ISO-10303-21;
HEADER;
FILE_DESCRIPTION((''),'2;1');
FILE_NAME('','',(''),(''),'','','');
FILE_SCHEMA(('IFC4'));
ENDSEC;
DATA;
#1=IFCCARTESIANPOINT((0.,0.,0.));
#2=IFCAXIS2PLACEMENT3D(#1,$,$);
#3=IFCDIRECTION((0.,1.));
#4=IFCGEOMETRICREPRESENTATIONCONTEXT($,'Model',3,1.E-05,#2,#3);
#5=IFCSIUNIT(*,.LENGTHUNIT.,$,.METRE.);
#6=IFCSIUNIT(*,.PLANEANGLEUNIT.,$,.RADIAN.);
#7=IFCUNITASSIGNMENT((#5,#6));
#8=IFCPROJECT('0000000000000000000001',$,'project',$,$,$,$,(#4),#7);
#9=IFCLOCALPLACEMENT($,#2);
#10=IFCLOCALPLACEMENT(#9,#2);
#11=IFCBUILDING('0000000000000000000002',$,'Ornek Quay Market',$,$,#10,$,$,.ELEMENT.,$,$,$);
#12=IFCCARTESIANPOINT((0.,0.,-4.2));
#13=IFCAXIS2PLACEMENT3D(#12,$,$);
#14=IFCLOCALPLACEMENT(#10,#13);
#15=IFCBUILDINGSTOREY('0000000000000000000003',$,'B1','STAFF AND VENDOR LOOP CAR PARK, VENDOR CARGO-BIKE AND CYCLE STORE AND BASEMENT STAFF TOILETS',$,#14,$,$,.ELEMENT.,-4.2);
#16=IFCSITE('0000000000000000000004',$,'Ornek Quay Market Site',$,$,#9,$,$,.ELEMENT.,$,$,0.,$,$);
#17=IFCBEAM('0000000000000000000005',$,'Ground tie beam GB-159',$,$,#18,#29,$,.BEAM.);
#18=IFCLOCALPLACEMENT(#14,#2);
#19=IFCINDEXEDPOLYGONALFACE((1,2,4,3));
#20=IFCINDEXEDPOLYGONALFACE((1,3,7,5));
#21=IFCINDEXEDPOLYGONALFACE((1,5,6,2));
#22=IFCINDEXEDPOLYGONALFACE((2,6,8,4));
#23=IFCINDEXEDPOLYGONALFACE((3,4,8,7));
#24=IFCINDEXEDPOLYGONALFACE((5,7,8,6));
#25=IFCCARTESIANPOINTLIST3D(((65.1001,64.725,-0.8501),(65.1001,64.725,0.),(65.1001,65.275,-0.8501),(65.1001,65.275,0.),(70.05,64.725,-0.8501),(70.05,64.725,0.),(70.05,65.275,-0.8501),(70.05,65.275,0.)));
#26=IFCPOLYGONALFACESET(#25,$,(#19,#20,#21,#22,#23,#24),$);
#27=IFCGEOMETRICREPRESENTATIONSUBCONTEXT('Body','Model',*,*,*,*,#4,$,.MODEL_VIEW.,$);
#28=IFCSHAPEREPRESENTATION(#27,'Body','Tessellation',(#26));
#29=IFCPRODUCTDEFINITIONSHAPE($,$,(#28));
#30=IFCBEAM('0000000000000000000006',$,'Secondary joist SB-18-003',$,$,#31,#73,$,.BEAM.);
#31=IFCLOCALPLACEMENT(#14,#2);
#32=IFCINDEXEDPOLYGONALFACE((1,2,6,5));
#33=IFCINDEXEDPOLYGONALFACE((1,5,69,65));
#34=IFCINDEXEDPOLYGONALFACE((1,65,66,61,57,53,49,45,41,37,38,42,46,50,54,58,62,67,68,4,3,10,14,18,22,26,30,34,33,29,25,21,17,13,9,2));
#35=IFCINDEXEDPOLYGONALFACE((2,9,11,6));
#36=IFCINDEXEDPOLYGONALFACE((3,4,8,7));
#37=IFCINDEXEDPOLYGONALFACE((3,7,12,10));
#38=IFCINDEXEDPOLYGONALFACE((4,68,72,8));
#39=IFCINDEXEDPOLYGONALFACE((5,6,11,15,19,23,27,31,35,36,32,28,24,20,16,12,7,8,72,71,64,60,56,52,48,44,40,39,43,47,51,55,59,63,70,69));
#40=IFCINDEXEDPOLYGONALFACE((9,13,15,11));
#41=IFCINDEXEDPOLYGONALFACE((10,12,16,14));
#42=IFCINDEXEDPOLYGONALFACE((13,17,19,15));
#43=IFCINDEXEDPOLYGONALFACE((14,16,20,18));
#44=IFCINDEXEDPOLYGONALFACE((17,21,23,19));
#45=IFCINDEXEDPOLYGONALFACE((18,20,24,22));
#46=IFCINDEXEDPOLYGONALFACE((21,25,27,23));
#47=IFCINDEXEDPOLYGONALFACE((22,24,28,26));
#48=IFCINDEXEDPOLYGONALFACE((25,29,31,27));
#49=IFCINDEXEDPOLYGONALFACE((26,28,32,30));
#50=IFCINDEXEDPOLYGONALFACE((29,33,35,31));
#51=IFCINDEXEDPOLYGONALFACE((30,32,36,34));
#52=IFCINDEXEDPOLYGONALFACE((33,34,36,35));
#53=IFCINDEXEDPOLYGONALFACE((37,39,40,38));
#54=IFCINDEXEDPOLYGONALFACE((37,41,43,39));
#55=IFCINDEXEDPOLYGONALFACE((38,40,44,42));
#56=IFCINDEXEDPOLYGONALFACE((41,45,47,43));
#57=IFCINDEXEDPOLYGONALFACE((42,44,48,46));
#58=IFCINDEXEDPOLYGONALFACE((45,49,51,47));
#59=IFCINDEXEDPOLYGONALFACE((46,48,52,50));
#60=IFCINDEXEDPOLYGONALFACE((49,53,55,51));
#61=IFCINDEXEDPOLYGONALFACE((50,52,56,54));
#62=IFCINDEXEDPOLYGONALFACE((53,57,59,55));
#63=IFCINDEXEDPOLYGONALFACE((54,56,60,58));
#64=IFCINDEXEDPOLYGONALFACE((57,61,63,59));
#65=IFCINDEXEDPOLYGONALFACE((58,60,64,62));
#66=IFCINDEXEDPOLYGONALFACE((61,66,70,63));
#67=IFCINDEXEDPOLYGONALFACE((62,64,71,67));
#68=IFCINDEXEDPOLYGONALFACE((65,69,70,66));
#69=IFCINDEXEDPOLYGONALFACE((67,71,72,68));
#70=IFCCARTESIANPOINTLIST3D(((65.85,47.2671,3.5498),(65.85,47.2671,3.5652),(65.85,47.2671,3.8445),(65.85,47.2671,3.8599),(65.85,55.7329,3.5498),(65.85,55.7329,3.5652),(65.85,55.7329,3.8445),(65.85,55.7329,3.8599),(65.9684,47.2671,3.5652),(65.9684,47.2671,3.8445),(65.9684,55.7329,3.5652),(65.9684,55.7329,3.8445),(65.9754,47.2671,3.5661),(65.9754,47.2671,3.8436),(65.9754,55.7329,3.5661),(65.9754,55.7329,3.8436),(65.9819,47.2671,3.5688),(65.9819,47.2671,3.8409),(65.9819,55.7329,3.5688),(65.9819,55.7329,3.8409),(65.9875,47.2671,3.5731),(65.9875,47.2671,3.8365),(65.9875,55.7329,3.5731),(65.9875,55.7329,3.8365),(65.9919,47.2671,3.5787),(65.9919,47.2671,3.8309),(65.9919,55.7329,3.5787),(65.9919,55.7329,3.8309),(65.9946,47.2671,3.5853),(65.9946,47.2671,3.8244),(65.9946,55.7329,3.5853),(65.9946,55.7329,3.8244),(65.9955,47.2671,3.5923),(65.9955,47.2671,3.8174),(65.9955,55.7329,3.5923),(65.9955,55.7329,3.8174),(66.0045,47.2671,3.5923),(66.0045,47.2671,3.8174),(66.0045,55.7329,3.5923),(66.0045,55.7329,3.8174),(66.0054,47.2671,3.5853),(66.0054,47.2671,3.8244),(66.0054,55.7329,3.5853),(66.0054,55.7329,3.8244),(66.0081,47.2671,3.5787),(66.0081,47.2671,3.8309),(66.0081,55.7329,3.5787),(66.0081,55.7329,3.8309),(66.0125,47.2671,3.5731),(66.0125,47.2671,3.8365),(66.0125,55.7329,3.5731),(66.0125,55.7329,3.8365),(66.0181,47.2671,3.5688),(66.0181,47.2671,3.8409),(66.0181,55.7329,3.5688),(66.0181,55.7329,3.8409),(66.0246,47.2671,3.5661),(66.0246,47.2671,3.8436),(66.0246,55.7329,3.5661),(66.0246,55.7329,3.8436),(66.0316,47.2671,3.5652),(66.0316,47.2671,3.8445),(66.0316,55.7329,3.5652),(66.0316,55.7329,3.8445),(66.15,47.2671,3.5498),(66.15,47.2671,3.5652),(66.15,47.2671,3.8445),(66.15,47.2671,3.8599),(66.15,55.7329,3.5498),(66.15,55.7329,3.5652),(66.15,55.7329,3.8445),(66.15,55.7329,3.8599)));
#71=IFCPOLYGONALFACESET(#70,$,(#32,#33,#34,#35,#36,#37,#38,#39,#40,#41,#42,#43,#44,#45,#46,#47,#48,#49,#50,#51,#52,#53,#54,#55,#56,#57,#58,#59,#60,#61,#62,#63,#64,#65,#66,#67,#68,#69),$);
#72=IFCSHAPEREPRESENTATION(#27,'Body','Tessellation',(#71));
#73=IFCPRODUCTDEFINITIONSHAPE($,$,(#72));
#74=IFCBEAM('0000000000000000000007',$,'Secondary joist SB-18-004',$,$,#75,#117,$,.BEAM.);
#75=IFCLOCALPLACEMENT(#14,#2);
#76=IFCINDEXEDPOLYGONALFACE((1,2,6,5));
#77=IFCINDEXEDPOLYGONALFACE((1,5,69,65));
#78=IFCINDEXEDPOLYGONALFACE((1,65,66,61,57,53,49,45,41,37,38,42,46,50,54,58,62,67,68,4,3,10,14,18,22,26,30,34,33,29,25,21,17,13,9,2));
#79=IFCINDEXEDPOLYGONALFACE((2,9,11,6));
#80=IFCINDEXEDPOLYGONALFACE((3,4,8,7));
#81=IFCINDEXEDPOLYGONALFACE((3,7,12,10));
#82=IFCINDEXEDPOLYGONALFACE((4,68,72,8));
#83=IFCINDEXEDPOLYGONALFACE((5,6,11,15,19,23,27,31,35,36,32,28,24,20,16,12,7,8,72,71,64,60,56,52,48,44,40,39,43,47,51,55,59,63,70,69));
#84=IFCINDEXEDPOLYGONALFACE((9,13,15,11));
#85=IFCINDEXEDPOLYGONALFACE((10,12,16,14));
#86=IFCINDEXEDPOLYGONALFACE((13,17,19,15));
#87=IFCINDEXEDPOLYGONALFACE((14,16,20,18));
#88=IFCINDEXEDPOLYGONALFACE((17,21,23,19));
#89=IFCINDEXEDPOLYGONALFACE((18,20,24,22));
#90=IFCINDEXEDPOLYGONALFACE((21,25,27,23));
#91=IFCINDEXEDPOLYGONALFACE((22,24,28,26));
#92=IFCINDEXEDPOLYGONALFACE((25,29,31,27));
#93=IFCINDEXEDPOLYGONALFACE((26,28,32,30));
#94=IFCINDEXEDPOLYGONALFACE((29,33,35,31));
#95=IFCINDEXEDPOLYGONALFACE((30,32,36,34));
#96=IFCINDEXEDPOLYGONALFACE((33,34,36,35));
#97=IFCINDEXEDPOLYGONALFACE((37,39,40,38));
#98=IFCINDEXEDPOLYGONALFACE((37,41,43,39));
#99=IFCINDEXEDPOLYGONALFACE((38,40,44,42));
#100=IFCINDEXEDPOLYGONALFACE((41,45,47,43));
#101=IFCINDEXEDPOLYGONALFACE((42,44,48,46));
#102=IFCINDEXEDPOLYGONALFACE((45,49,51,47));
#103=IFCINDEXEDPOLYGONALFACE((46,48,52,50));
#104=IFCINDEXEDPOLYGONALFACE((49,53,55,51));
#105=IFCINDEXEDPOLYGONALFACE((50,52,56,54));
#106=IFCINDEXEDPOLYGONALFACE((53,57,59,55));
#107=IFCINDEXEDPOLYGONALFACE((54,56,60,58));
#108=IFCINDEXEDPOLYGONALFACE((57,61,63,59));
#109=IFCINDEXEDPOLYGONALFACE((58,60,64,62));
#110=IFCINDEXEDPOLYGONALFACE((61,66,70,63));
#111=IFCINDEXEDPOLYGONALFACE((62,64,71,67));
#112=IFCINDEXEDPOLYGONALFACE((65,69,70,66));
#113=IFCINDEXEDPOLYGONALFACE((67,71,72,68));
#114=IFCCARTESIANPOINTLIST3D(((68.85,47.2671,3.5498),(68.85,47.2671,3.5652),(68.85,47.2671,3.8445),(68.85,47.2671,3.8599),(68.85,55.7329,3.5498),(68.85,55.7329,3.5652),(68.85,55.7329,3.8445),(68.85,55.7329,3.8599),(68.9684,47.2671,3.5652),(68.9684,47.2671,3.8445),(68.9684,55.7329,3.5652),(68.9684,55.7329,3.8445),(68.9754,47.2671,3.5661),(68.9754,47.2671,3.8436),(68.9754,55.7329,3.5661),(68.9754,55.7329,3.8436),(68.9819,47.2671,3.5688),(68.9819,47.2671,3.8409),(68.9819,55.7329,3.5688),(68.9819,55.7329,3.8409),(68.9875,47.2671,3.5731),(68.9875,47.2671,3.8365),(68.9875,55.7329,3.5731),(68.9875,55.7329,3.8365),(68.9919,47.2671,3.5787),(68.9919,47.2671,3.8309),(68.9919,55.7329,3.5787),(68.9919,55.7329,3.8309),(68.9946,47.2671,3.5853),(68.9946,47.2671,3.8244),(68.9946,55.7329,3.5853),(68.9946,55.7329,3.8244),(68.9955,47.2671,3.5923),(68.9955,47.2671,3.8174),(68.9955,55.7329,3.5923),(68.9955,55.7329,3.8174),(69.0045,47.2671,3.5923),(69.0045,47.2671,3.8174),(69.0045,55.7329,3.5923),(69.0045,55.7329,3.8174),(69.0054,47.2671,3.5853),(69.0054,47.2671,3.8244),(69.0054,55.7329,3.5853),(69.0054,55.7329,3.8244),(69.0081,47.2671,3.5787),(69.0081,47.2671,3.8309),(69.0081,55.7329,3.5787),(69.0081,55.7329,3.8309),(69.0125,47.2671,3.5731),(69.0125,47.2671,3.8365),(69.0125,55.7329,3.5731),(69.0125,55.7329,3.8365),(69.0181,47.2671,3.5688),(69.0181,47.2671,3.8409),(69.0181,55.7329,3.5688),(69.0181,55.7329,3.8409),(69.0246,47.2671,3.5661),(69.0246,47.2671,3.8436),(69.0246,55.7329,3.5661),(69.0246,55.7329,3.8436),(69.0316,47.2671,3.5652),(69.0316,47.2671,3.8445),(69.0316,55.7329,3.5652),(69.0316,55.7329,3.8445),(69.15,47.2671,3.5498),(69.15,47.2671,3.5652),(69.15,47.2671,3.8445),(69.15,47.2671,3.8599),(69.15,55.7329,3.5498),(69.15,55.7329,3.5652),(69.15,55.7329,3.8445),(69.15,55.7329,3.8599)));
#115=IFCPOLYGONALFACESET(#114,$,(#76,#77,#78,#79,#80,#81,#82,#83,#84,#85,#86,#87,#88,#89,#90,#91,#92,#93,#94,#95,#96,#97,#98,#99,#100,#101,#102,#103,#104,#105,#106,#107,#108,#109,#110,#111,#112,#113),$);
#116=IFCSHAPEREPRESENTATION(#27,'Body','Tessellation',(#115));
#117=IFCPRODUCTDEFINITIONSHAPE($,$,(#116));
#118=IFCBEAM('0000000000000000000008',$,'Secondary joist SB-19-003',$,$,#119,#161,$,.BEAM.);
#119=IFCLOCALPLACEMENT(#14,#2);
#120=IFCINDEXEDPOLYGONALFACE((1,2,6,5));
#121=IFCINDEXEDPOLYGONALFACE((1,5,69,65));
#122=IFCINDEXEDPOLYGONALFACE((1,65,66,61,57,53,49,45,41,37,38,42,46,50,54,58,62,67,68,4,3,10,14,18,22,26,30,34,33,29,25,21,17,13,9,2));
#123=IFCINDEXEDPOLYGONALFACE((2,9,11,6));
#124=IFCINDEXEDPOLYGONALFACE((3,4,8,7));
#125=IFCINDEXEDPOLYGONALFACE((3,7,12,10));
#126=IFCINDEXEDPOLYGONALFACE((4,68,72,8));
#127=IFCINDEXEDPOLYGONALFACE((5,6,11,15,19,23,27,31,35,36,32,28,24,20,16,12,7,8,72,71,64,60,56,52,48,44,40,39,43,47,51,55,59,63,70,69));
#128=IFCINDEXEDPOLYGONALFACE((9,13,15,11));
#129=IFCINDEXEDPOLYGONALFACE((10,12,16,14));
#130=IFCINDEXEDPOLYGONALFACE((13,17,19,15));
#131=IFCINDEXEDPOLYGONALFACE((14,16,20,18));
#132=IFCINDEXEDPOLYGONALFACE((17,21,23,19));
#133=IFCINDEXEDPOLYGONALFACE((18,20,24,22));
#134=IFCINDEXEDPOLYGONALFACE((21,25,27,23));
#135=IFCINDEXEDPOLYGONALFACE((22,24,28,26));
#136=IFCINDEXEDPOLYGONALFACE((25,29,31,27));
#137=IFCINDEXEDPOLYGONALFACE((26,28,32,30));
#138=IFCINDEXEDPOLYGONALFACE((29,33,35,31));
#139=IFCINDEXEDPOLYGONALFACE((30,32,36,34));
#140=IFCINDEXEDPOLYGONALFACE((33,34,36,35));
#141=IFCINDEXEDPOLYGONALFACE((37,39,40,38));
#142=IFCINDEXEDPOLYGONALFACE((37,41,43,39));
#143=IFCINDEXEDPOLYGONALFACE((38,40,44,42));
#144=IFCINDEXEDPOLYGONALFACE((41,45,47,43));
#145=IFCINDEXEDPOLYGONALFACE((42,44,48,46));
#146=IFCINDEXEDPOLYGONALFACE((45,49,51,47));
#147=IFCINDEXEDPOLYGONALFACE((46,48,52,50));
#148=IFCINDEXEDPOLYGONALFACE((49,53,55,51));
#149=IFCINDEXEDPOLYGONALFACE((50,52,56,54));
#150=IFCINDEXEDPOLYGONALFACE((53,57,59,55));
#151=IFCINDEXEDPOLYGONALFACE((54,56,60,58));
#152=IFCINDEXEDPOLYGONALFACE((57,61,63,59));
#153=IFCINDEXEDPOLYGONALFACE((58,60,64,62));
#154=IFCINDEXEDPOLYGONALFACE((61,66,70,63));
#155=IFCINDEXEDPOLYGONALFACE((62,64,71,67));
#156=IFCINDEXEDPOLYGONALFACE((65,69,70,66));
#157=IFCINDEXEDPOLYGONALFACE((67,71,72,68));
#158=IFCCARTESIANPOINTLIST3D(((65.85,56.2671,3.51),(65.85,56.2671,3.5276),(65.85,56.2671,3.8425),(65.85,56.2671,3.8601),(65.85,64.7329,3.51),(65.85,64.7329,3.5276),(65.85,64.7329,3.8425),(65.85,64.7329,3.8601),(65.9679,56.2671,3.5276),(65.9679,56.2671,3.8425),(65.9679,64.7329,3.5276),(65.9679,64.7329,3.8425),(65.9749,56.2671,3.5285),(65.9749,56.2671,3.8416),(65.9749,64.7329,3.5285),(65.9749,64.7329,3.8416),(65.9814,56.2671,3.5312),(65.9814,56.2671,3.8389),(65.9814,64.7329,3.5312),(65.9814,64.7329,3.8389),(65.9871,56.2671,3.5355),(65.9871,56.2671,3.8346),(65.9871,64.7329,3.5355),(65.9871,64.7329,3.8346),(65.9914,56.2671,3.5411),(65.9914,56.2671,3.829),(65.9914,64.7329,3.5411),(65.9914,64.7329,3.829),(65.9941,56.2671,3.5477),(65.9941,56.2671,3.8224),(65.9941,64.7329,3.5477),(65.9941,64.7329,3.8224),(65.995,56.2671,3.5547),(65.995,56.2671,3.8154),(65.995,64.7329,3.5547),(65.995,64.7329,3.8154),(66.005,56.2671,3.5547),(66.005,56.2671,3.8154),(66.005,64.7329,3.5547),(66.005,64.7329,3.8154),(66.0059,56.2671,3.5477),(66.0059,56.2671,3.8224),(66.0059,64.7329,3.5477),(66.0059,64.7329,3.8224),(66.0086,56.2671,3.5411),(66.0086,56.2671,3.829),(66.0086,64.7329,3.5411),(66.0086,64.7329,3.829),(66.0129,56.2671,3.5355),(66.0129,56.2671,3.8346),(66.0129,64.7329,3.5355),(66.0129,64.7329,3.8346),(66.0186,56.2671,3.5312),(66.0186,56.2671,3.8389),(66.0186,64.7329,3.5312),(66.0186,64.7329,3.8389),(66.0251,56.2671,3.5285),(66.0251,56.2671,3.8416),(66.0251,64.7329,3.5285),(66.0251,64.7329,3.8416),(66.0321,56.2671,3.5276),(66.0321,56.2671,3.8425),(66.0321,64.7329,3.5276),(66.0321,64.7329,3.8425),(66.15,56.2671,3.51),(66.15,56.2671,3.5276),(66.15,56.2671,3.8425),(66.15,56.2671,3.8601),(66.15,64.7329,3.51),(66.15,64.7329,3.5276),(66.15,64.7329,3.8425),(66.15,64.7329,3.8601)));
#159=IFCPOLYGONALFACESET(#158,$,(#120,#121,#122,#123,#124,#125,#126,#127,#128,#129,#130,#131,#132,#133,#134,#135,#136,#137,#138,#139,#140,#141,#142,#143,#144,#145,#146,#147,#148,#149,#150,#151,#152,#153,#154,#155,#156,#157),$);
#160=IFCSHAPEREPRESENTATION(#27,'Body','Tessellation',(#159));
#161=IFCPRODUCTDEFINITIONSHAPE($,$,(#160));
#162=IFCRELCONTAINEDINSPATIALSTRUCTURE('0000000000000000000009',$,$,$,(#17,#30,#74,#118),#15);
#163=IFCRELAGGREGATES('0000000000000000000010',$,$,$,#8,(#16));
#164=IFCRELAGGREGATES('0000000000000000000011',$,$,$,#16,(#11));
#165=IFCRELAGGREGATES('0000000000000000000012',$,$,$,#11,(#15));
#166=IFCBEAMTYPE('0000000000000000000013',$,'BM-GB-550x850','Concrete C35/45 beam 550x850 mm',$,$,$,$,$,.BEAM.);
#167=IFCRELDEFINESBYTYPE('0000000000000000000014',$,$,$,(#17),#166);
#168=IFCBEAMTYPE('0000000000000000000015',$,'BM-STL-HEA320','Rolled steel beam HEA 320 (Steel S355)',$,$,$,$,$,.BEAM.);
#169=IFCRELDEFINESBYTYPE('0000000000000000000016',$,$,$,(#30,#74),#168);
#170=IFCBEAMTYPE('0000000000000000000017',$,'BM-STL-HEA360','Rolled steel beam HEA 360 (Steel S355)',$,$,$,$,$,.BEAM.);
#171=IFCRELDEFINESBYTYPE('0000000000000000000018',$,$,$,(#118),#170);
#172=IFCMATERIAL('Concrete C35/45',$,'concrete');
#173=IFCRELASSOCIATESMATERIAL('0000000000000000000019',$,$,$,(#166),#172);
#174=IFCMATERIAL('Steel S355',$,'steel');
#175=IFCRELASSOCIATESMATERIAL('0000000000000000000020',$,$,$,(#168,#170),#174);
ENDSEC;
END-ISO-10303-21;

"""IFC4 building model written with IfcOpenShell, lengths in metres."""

from ifc_helpers import new_model, si_unit, direction, frame, origin, origin_2d, place, context, subcontext, project, spatial, rectangle, i_section, extrude, material, material_profile, profile_set, type_object, element, save


model = new_model("IFC4")

# Units and contexts
model_context = context("Model", 3, precision=1e-05, world=origin(), true_north=direction((0.0, 1.0)))
body_context = subcontext(model_context, "Body", "Model", "MODEL_VIEW")
ifc_project = project(units=[si_unit("LENGTHUNIT", "METRE"), si_unit("PLANEANGLEUNIT", "RADIAN")], contexts=[model_context])

# Site, building, storey
site_placement = place(None, origin())
site = spatial("IfcSite", under=ifc_project, at=site_placement, Name="Ornek Quay Market Site", CompositionType="ELEMENT", RefElevation=0.0)
building_placement = place(site_placement, origin())
building = spatial("IfcBuilding", under=site, at=building_placement, Name="Ornek Quay Market", CompositionType="ELEMENT")
storey_placement = place(building_placement, frame((0.0, 0.0, -4.2)))
storey = spatial("IfcBuildingStorey", under=building, at=storey_placement, Name="B1", Description="STAFF AND VENDOR LOOP CAR PARK, VENDOR CARGO-BIKE AND CYCLE STORE AND BASEMENT STAFF TOILETS", CompositionType="ELEMENT", Elevation=-4.2)

# Shared definitions
ifc_material_1 = material(Name="Concrete C35/45", Category="concrete")

# Beams
ifc_material_profile_1 = material_profile(ifc_material_1, rectangle(XDim=0.55, YDim=0.8501, at=origin_2d()), Name="RC 550x850", Category="concrete")
ifc_profile_set_1 = profile_set([ifc_material_profile_1], Name="Concrete C35/45")
beam_type_1 = type_object("IfcBeamType", Name="BM-GB-550x850", Description="Concrete C35/45 beam 550x850 mm", PredefinedType="BEAM", material=ifc_profile_set_1)
beam_placement = place(storey_placement, frame((65.1001, 65.0, -0.425), z_axis=(1.0, 0.0, 0.0), x_axis=(0.0, 1.0, 0.0)))
element("IfcBeam", 1, at=beam_placement, inside=storey, type_object=beam_type_1, Name="Ground tie beam GB-159", PredefinedType="BEAM", context=body_context, shape_type="SweptSolid", body=[
    extrude(rectangle(XDim=0.55, YDim=0.8501, at=origin_2d()), origin(), (0.0, 0.0, 1.0), 4.95),
])
ifc_material_2 = material(Name="Steel S355", Category="steel")
ifc_material_profile_2 = material_profile(ifc_material_2, i_section(OverallWidth=0.3, OverallDepth=0.3101, WebThickness=0.009, FlangeThickness=0.0154, FilletRadius=0.0271, at=origin_2d()), Name="HEA 320", Category="steel")
ifc_profile_set_2 = profile_set([ifc_material_profile_2], Name="Steel S355")
beam_type_2 = type_object("IfcBeamType", Name="BM-STL-HEA320", Description="Rolled steel beam HEA 320 (Steel S355)", PredefinedType="BEAM", material=ifc_profile_set_2)
for number, where, z_axis, x_axis, name in (
    (2, (66.0, 47.2671, 3.7048), (0.0, 1.0, 0.0), (-1.0, 0.0, 0.0), "Secondary joist SB-18-003"),
    (3, (69.0, 47.2671, 3.7048), (0.0, 1.0, 0.0), (-1.0, 0.0, 0.0), "Secondary joist SB-18-004"),
):
    element("IfcBeam", number, at=place(storey_placement, frame(where, z_axis=z_axis, x_axis=x_axis)), inside=storey, type_object=beam_type_2, Name=name, PredefinedType="BEAM", context=body_context, shape_type="SweptSolid", body=[
        extrude(i_section(OverallWidth=0.3, OverallDepth=0.3101, WebThickness=0.009, FlangeThickness=0.0154, FilletRadius=0.0271, at=origin_2d()), origin(), (0.0, 0.0, 1.0), 8.4658),
    ])
ifc_material_profile_3 = material_profile(ifc_material_2, i_section(OverallWidth=0.3, OverallDepth=0.3501, WebThickness=0.01, FlangeThickness=0.0176, FilletRadius=0.0271, at=origin_2d()), Name="HEA 360", Category="steel")
ifc_profile_set_3 = profile_set([ifc_material_profile_3], Name="Steel S355")
beam_type_3 = type_object("IfcBeamType", Name="BM-STL-HEA360", Description="Rolled steel beam HEA 360 (Steel S355)", PredefinedType="BEAM", material=ifc_profile_set_3)
for number, where, z_axis, x_axis, name in (
    (4, (66.0, 56.2671, 3.6851), (0.0, 1.0, 0.0), (-1.0, 0.0, 0.0), "Secondary joist SB-19-003"),
):
    element("IfcBeam", number, at=place(storey_placement, frame(where, z_axis=z_axis, x_axis=x_axis)), inside=storey, type_object=beam_type_3, Name=name, PredefinedType="BEAM", context=body_context, shape_type="SweptSolid", body=[
        extrude(i_section(OverallWidth=0.3, OverallDepth=0.3501, WebThickness=0.01, FlangeThickness=0.0176, FilletRadius=0.0271, at=origin_2d()), origin(), (0.0, 0.0, 1.0), 8.4658),
    ])

save(model, "model.ifc")
